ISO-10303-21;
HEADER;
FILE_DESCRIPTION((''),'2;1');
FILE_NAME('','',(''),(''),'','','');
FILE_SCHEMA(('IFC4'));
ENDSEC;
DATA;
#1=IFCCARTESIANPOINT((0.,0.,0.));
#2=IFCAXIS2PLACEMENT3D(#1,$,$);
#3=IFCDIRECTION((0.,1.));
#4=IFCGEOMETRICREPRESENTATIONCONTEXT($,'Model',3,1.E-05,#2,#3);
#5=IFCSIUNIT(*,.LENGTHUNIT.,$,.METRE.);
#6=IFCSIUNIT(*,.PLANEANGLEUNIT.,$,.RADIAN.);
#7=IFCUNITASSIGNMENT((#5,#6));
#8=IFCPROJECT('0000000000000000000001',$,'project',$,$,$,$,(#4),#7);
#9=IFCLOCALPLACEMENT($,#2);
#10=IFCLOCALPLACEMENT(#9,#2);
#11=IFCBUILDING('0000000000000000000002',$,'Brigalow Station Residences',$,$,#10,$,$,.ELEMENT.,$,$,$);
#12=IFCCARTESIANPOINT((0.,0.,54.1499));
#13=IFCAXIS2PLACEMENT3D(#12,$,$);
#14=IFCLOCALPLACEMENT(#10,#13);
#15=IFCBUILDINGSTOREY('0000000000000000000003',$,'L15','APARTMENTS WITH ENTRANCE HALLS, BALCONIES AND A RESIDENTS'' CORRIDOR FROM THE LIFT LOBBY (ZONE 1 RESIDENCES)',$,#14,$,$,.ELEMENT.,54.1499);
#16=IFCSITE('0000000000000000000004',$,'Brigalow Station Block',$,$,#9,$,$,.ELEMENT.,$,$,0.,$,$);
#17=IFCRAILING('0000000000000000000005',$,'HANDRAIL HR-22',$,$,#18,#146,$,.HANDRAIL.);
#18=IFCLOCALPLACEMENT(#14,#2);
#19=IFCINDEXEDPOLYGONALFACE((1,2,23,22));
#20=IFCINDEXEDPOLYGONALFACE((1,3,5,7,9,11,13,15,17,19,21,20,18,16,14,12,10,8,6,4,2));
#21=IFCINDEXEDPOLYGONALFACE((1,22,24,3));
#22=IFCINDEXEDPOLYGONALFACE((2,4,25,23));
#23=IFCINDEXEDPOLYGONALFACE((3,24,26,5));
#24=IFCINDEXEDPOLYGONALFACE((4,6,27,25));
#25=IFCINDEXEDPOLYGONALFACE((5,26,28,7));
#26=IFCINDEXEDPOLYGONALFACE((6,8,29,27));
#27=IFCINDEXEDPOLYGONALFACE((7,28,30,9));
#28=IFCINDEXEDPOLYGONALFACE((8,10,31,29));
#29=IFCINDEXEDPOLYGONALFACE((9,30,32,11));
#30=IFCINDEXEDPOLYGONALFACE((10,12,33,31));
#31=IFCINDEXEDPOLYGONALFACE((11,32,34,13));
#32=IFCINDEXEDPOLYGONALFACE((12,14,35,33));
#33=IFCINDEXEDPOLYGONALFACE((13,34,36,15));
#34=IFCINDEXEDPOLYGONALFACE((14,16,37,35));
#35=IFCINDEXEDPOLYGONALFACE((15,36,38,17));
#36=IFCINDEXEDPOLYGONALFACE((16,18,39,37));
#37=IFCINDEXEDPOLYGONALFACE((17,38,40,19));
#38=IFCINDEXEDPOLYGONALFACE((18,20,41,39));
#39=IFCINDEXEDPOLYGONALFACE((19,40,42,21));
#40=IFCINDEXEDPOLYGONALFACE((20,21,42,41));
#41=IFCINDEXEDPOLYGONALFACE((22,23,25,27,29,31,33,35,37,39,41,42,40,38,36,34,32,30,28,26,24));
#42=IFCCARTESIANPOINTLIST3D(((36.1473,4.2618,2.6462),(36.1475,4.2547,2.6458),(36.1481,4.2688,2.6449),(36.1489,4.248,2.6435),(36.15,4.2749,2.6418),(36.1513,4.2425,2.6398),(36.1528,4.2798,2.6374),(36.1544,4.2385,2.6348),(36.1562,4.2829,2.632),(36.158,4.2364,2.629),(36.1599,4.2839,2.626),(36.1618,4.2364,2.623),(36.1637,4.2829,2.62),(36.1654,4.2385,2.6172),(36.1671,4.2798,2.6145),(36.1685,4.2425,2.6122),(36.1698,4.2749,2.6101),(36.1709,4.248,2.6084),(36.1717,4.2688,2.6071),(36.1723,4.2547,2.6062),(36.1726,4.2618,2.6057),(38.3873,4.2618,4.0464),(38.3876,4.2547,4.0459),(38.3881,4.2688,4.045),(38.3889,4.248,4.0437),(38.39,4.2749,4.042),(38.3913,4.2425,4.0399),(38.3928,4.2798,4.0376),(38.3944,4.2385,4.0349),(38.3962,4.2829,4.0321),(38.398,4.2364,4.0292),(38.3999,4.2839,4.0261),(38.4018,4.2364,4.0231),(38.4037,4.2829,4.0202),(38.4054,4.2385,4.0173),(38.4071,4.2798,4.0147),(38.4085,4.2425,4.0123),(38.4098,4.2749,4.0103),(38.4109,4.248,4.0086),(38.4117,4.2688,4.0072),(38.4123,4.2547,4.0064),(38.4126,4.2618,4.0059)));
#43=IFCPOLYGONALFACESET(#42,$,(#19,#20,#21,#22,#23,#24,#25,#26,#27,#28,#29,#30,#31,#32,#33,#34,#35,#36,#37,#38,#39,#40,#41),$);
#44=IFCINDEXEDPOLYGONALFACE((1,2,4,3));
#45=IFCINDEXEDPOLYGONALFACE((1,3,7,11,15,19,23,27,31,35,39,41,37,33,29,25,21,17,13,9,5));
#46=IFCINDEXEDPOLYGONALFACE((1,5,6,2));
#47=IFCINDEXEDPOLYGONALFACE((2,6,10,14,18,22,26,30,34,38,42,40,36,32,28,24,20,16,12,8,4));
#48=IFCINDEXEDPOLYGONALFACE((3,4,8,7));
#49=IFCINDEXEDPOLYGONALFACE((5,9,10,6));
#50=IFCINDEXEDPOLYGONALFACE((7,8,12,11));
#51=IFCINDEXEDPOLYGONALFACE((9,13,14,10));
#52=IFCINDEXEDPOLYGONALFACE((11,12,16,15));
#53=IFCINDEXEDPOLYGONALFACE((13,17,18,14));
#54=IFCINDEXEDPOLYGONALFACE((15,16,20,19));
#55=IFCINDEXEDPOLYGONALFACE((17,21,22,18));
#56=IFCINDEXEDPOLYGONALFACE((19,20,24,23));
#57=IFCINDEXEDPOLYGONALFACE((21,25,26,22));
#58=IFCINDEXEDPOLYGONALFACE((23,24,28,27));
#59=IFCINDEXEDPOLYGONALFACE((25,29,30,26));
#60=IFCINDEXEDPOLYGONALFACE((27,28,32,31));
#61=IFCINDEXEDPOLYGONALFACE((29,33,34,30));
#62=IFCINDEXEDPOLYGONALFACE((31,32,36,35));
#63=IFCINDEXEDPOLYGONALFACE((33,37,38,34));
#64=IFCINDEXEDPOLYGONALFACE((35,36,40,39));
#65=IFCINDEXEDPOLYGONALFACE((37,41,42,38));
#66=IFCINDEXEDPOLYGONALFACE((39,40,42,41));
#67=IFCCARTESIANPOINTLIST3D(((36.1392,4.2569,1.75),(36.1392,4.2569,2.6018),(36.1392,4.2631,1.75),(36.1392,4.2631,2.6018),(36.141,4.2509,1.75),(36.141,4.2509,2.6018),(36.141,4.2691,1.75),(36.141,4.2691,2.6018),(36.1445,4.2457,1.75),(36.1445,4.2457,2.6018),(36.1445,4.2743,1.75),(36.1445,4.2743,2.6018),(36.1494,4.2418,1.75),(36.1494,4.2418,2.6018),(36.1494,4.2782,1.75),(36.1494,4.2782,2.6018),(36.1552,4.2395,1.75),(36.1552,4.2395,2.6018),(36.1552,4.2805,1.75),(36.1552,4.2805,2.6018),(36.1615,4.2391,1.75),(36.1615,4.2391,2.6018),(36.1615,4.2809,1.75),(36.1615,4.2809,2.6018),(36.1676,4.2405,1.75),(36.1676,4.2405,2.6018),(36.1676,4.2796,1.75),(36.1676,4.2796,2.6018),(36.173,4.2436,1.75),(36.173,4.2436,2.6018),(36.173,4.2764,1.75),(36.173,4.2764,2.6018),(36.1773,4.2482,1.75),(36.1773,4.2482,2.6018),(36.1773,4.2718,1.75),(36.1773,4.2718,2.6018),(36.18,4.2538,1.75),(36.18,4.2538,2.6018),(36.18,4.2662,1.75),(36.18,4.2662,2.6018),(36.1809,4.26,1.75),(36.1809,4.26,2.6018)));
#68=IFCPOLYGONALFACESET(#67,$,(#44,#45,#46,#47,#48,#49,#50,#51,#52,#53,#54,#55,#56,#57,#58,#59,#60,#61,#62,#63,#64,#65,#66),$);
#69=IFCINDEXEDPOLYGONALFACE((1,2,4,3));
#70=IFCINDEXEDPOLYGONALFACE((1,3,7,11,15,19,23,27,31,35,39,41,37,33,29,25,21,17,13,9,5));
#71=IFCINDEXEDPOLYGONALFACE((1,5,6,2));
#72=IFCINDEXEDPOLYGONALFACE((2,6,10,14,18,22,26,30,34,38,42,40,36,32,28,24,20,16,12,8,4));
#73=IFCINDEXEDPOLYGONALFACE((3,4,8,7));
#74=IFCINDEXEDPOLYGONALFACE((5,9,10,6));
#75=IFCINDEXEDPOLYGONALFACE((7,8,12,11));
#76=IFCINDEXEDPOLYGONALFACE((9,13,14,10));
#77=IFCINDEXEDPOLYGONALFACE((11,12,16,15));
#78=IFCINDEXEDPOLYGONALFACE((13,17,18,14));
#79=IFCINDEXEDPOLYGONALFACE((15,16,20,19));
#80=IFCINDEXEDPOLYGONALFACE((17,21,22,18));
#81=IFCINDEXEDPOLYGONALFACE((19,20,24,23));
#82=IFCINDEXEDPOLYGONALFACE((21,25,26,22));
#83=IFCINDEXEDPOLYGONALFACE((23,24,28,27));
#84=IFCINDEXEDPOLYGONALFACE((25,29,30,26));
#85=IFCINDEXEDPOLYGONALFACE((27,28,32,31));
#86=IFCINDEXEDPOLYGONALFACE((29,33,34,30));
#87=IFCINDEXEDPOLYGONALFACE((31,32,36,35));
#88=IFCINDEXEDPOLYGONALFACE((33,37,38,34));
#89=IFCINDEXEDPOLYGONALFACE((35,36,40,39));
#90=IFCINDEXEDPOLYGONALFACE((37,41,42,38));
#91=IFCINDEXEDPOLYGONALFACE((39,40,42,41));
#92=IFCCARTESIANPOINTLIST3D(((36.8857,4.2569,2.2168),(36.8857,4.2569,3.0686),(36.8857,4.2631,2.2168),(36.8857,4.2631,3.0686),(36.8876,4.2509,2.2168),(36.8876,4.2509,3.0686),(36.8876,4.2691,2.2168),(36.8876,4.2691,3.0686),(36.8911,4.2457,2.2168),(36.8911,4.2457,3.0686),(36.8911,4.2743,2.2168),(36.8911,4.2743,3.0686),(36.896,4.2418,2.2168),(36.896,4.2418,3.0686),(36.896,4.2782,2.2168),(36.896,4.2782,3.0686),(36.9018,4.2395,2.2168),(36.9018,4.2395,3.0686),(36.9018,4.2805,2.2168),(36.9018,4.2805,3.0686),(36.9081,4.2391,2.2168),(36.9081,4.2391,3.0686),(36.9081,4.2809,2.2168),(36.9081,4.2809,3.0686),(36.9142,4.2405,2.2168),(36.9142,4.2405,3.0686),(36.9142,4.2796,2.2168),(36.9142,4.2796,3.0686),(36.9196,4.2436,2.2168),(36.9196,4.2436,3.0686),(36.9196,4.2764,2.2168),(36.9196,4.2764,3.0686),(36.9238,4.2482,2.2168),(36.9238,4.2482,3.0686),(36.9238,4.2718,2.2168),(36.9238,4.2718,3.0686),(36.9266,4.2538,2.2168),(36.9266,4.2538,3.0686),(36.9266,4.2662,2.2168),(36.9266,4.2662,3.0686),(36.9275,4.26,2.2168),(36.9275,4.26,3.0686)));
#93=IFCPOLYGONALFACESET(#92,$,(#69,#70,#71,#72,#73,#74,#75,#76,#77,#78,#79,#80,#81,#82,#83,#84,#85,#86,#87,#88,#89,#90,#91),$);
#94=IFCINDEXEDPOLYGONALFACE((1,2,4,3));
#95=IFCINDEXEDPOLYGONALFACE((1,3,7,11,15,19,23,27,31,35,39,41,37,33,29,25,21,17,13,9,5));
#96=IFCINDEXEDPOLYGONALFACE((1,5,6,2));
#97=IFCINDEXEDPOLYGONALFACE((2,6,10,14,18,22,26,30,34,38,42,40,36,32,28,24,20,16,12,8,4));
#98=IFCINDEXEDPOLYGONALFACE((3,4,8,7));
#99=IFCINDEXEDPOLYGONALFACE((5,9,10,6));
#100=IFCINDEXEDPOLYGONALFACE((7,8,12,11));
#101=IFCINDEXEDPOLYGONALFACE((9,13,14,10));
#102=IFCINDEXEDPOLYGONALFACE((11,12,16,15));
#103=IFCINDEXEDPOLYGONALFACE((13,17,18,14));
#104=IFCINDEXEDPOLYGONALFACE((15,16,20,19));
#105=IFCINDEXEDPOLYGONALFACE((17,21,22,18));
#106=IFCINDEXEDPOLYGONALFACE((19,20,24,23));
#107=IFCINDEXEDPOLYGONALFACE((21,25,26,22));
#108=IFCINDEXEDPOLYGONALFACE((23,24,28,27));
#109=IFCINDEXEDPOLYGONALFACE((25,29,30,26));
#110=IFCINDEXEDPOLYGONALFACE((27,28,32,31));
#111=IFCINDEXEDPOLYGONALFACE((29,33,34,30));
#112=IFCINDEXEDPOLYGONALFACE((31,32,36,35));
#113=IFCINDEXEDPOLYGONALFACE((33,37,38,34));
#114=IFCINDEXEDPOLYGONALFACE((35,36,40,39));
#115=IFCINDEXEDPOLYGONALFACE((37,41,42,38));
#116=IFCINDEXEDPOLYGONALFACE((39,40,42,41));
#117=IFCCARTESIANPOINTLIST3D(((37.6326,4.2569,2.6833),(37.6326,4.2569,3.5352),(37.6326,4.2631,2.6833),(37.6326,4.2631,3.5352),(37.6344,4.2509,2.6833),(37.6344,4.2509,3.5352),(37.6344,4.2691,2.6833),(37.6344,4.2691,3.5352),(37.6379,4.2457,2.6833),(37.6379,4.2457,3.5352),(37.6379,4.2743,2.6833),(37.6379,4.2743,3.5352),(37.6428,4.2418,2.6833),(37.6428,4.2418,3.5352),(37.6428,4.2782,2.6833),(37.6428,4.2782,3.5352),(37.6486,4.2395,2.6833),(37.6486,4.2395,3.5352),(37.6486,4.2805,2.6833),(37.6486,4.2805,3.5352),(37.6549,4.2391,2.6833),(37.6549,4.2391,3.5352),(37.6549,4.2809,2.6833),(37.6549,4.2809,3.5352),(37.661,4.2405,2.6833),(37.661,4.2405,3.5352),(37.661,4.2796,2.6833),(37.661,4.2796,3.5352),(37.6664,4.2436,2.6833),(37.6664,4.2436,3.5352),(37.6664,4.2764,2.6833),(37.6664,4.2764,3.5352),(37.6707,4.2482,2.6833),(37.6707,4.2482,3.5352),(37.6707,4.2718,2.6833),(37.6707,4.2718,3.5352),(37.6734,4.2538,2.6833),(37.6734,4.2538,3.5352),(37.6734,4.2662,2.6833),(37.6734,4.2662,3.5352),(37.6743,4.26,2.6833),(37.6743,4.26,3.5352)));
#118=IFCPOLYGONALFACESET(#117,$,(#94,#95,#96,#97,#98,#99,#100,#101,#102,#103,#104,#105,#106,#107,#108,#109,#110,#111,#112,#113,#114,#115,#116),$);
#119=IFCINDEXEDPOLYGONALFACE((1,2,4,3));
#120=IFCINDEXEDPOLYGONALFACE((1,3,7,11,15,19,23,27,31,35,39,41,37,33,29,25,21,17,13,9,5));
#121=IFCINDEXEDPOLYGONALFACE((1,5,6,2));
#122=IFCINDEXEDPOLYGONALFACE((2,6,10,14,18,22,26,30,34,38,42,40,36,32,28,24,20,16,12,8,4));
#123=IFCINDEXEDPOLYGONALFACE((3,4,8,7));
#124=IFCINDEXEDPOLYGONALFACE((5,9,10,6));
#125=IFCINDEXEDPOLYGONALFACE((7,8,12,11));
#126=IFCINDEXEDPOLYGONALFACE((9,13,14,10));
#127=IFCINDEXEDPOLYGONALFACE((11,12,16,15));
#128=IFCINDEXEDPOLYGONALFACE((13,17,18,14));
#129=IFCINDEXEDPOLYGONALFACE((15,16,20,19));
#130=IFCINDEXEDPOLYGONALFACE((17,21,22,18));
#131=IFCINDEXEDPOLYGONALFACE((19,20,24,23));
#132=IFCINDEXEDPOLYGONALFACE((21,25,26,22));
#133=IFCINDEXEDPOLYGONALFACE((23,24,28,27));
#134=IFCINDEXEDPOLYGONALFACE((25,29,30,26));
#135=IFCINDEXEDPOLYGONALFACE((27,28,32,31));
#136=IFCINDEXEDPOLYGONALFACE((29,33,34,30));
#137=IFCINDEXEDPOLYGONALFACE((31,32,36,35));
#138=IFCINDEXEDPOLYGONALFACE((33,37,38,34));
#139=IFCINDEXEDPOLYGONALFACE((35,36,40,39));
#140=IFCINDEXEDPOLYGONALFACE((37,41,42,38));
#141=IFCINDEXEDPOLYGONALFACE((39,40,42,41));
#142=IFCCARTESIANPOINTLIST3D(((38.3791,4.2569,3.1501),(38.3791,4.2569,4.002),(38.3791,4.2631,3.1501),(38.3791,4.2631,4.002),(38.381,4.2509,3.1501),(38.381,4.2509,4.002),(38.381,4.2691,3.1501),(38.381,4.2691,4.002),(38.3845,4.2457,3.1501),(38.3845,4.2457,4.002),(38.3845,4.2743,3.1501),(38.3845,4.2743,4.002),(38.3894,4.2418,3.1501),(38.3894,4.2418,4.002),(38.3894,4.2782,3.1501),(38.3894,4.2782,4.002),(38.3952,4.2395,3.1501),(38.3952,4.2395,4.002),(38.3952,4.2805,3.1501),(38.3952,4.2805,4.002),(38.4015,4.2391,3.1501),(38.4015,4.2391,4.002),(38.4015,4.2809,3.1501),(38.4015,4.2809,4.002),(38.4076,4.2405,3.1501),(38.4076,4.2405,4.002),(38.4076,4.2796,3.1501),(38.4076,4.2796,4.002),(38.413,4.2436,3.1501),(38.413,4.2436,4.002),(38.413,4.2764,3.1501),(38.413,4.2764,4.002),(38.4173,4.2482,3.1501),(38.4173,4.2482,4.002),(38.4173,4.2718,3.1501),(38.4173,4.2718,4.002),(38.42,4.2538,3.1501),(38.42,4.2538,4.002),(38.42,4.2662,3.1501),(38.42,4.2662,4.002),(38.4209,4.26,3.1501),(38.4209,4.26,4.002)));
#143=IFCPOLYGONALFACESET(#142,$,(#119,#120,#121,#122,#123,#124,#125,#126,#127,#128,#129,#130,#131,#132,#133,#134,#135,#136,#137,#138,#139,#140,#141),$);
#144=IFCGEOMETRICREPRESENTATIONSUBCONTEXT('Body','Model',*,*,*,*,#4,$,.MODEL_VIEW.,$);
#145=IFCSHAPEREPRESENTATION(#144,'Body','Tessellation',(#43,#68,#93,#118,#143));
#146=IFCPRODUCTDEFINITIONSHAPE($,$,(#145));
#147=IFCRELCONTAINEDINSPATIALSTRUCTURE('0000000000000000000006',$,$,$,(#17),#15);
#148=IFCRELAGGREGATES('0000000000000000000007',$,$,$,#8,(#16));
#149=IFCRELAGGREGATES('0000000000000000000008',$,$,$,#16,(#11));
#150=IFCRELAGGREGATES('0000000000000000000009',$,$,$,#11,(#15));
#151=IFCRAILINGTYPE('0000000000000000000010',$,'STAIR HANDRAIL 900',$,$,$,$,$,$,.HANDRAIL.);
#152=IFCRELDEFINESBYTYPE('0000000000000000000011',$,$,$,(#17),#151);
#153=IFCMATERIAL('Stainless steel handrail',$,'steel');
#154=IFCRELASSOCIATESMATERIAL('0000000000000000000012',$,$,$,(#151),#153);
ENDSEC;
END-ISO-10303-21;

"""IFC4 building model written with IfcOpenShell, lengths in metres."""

from ifc_helpers import new_model, si_unit, direction, frame, origin, origin_2d, place, context, subcontext, project, spatial, circle, extrude, material, type_object, element, save


model = new_model("IFC4")

# Units and contexts
model_context = context("Model", 3, precision=1e-05, world=origin(), true_north=direction((0.0, 1.0)))
body_context = subcontext(model_context, "Body", "Model", "MODEL_VIEW")
ifc_project = project(units=[si_unit("LENGTHUNIT", "METRE"), si_unit("PLANEANGLEUNIT", "RADIAN")], contexts=[model_context])

# Site, building, storey
site_placement = place(None, origin())
site = spatial("IfcSite", under=ifc_project, at=site_placement, Name="Brigalow Station Block", CompositionType="ELEMENT", RefElevation=0.0)
building_placement = place(site_placement, origin())
building = spatial("IfcBuilding", under=site, at=building_placement, Name="Brigalow Station Residences", CompositionType="ELEMENT")
storey_placement = place(building_placement, frame((0.0, 0.0, 54.1499)))
storey = spatial("IfcBuildingStorey", under=building, at=storey_placement, Name="L15", Description="APARTMENTS WITH ENTRANCE HALLS, BALCONIES AND A RESIDENTS' CORRIDOR FROM THE LIFT LOBBY (ZONE 1 RESIDENCES)", CompositionType="ELEMENT", Elevation=54.1499)

# Railing
ifc_material_1 = material(Name="Stainless steel handrail", Category="steel")
railing_type_1 = type_object("IfcRailingType", Name="STAIR HANDRAIL 900", PredefinedType="HANDRAIL", material=ifc_material_1)
railing_1_placement = place(storey_placement, frame((36.1599, 4.26, 1.75)))
element("IfcRailing", 1, at=railing_1_placement, inside=storey, type_object=railing_type_1, Name="HANDRAIL HR-22", PredefinedType="HANDRAIL", context=body_context, shape_type="SweptSolid", body=[
    extrude(circle(Radius=0.0239, at=origin_2d()), frame((0.0, 0.0, 0.876), z_axis=(0.847972, 0.0, 0.53004), x_axis=(0.0, 1.0, 0.0)), (0.0, 0.0, 1.0), 2.6416),
    extrude(circle(Radius=0.021, at=origin_2d()), origin(), (0.0, 0.0, 1.0), 0.8518),
    extrude(circle(Radius=0.021, at=origin_2d()), frame((0.7466, 0.0, 0.4668)), (0.0, 0.0, 1.0), 0.8518),
    extrude(circle(Radius=0.021, at=origin_2d()), frame((1.4934, 0.0, 0.9333)), (0.0, 0.0, 1.0), 0.8518),
    extrude(circle(Radius=0.021, at=origin_2d()), frame((2.24, 0.0, 1.4001)), (0.0, 0.0, 1.0), 0.8518),
])

save(model, "model.ifc")
